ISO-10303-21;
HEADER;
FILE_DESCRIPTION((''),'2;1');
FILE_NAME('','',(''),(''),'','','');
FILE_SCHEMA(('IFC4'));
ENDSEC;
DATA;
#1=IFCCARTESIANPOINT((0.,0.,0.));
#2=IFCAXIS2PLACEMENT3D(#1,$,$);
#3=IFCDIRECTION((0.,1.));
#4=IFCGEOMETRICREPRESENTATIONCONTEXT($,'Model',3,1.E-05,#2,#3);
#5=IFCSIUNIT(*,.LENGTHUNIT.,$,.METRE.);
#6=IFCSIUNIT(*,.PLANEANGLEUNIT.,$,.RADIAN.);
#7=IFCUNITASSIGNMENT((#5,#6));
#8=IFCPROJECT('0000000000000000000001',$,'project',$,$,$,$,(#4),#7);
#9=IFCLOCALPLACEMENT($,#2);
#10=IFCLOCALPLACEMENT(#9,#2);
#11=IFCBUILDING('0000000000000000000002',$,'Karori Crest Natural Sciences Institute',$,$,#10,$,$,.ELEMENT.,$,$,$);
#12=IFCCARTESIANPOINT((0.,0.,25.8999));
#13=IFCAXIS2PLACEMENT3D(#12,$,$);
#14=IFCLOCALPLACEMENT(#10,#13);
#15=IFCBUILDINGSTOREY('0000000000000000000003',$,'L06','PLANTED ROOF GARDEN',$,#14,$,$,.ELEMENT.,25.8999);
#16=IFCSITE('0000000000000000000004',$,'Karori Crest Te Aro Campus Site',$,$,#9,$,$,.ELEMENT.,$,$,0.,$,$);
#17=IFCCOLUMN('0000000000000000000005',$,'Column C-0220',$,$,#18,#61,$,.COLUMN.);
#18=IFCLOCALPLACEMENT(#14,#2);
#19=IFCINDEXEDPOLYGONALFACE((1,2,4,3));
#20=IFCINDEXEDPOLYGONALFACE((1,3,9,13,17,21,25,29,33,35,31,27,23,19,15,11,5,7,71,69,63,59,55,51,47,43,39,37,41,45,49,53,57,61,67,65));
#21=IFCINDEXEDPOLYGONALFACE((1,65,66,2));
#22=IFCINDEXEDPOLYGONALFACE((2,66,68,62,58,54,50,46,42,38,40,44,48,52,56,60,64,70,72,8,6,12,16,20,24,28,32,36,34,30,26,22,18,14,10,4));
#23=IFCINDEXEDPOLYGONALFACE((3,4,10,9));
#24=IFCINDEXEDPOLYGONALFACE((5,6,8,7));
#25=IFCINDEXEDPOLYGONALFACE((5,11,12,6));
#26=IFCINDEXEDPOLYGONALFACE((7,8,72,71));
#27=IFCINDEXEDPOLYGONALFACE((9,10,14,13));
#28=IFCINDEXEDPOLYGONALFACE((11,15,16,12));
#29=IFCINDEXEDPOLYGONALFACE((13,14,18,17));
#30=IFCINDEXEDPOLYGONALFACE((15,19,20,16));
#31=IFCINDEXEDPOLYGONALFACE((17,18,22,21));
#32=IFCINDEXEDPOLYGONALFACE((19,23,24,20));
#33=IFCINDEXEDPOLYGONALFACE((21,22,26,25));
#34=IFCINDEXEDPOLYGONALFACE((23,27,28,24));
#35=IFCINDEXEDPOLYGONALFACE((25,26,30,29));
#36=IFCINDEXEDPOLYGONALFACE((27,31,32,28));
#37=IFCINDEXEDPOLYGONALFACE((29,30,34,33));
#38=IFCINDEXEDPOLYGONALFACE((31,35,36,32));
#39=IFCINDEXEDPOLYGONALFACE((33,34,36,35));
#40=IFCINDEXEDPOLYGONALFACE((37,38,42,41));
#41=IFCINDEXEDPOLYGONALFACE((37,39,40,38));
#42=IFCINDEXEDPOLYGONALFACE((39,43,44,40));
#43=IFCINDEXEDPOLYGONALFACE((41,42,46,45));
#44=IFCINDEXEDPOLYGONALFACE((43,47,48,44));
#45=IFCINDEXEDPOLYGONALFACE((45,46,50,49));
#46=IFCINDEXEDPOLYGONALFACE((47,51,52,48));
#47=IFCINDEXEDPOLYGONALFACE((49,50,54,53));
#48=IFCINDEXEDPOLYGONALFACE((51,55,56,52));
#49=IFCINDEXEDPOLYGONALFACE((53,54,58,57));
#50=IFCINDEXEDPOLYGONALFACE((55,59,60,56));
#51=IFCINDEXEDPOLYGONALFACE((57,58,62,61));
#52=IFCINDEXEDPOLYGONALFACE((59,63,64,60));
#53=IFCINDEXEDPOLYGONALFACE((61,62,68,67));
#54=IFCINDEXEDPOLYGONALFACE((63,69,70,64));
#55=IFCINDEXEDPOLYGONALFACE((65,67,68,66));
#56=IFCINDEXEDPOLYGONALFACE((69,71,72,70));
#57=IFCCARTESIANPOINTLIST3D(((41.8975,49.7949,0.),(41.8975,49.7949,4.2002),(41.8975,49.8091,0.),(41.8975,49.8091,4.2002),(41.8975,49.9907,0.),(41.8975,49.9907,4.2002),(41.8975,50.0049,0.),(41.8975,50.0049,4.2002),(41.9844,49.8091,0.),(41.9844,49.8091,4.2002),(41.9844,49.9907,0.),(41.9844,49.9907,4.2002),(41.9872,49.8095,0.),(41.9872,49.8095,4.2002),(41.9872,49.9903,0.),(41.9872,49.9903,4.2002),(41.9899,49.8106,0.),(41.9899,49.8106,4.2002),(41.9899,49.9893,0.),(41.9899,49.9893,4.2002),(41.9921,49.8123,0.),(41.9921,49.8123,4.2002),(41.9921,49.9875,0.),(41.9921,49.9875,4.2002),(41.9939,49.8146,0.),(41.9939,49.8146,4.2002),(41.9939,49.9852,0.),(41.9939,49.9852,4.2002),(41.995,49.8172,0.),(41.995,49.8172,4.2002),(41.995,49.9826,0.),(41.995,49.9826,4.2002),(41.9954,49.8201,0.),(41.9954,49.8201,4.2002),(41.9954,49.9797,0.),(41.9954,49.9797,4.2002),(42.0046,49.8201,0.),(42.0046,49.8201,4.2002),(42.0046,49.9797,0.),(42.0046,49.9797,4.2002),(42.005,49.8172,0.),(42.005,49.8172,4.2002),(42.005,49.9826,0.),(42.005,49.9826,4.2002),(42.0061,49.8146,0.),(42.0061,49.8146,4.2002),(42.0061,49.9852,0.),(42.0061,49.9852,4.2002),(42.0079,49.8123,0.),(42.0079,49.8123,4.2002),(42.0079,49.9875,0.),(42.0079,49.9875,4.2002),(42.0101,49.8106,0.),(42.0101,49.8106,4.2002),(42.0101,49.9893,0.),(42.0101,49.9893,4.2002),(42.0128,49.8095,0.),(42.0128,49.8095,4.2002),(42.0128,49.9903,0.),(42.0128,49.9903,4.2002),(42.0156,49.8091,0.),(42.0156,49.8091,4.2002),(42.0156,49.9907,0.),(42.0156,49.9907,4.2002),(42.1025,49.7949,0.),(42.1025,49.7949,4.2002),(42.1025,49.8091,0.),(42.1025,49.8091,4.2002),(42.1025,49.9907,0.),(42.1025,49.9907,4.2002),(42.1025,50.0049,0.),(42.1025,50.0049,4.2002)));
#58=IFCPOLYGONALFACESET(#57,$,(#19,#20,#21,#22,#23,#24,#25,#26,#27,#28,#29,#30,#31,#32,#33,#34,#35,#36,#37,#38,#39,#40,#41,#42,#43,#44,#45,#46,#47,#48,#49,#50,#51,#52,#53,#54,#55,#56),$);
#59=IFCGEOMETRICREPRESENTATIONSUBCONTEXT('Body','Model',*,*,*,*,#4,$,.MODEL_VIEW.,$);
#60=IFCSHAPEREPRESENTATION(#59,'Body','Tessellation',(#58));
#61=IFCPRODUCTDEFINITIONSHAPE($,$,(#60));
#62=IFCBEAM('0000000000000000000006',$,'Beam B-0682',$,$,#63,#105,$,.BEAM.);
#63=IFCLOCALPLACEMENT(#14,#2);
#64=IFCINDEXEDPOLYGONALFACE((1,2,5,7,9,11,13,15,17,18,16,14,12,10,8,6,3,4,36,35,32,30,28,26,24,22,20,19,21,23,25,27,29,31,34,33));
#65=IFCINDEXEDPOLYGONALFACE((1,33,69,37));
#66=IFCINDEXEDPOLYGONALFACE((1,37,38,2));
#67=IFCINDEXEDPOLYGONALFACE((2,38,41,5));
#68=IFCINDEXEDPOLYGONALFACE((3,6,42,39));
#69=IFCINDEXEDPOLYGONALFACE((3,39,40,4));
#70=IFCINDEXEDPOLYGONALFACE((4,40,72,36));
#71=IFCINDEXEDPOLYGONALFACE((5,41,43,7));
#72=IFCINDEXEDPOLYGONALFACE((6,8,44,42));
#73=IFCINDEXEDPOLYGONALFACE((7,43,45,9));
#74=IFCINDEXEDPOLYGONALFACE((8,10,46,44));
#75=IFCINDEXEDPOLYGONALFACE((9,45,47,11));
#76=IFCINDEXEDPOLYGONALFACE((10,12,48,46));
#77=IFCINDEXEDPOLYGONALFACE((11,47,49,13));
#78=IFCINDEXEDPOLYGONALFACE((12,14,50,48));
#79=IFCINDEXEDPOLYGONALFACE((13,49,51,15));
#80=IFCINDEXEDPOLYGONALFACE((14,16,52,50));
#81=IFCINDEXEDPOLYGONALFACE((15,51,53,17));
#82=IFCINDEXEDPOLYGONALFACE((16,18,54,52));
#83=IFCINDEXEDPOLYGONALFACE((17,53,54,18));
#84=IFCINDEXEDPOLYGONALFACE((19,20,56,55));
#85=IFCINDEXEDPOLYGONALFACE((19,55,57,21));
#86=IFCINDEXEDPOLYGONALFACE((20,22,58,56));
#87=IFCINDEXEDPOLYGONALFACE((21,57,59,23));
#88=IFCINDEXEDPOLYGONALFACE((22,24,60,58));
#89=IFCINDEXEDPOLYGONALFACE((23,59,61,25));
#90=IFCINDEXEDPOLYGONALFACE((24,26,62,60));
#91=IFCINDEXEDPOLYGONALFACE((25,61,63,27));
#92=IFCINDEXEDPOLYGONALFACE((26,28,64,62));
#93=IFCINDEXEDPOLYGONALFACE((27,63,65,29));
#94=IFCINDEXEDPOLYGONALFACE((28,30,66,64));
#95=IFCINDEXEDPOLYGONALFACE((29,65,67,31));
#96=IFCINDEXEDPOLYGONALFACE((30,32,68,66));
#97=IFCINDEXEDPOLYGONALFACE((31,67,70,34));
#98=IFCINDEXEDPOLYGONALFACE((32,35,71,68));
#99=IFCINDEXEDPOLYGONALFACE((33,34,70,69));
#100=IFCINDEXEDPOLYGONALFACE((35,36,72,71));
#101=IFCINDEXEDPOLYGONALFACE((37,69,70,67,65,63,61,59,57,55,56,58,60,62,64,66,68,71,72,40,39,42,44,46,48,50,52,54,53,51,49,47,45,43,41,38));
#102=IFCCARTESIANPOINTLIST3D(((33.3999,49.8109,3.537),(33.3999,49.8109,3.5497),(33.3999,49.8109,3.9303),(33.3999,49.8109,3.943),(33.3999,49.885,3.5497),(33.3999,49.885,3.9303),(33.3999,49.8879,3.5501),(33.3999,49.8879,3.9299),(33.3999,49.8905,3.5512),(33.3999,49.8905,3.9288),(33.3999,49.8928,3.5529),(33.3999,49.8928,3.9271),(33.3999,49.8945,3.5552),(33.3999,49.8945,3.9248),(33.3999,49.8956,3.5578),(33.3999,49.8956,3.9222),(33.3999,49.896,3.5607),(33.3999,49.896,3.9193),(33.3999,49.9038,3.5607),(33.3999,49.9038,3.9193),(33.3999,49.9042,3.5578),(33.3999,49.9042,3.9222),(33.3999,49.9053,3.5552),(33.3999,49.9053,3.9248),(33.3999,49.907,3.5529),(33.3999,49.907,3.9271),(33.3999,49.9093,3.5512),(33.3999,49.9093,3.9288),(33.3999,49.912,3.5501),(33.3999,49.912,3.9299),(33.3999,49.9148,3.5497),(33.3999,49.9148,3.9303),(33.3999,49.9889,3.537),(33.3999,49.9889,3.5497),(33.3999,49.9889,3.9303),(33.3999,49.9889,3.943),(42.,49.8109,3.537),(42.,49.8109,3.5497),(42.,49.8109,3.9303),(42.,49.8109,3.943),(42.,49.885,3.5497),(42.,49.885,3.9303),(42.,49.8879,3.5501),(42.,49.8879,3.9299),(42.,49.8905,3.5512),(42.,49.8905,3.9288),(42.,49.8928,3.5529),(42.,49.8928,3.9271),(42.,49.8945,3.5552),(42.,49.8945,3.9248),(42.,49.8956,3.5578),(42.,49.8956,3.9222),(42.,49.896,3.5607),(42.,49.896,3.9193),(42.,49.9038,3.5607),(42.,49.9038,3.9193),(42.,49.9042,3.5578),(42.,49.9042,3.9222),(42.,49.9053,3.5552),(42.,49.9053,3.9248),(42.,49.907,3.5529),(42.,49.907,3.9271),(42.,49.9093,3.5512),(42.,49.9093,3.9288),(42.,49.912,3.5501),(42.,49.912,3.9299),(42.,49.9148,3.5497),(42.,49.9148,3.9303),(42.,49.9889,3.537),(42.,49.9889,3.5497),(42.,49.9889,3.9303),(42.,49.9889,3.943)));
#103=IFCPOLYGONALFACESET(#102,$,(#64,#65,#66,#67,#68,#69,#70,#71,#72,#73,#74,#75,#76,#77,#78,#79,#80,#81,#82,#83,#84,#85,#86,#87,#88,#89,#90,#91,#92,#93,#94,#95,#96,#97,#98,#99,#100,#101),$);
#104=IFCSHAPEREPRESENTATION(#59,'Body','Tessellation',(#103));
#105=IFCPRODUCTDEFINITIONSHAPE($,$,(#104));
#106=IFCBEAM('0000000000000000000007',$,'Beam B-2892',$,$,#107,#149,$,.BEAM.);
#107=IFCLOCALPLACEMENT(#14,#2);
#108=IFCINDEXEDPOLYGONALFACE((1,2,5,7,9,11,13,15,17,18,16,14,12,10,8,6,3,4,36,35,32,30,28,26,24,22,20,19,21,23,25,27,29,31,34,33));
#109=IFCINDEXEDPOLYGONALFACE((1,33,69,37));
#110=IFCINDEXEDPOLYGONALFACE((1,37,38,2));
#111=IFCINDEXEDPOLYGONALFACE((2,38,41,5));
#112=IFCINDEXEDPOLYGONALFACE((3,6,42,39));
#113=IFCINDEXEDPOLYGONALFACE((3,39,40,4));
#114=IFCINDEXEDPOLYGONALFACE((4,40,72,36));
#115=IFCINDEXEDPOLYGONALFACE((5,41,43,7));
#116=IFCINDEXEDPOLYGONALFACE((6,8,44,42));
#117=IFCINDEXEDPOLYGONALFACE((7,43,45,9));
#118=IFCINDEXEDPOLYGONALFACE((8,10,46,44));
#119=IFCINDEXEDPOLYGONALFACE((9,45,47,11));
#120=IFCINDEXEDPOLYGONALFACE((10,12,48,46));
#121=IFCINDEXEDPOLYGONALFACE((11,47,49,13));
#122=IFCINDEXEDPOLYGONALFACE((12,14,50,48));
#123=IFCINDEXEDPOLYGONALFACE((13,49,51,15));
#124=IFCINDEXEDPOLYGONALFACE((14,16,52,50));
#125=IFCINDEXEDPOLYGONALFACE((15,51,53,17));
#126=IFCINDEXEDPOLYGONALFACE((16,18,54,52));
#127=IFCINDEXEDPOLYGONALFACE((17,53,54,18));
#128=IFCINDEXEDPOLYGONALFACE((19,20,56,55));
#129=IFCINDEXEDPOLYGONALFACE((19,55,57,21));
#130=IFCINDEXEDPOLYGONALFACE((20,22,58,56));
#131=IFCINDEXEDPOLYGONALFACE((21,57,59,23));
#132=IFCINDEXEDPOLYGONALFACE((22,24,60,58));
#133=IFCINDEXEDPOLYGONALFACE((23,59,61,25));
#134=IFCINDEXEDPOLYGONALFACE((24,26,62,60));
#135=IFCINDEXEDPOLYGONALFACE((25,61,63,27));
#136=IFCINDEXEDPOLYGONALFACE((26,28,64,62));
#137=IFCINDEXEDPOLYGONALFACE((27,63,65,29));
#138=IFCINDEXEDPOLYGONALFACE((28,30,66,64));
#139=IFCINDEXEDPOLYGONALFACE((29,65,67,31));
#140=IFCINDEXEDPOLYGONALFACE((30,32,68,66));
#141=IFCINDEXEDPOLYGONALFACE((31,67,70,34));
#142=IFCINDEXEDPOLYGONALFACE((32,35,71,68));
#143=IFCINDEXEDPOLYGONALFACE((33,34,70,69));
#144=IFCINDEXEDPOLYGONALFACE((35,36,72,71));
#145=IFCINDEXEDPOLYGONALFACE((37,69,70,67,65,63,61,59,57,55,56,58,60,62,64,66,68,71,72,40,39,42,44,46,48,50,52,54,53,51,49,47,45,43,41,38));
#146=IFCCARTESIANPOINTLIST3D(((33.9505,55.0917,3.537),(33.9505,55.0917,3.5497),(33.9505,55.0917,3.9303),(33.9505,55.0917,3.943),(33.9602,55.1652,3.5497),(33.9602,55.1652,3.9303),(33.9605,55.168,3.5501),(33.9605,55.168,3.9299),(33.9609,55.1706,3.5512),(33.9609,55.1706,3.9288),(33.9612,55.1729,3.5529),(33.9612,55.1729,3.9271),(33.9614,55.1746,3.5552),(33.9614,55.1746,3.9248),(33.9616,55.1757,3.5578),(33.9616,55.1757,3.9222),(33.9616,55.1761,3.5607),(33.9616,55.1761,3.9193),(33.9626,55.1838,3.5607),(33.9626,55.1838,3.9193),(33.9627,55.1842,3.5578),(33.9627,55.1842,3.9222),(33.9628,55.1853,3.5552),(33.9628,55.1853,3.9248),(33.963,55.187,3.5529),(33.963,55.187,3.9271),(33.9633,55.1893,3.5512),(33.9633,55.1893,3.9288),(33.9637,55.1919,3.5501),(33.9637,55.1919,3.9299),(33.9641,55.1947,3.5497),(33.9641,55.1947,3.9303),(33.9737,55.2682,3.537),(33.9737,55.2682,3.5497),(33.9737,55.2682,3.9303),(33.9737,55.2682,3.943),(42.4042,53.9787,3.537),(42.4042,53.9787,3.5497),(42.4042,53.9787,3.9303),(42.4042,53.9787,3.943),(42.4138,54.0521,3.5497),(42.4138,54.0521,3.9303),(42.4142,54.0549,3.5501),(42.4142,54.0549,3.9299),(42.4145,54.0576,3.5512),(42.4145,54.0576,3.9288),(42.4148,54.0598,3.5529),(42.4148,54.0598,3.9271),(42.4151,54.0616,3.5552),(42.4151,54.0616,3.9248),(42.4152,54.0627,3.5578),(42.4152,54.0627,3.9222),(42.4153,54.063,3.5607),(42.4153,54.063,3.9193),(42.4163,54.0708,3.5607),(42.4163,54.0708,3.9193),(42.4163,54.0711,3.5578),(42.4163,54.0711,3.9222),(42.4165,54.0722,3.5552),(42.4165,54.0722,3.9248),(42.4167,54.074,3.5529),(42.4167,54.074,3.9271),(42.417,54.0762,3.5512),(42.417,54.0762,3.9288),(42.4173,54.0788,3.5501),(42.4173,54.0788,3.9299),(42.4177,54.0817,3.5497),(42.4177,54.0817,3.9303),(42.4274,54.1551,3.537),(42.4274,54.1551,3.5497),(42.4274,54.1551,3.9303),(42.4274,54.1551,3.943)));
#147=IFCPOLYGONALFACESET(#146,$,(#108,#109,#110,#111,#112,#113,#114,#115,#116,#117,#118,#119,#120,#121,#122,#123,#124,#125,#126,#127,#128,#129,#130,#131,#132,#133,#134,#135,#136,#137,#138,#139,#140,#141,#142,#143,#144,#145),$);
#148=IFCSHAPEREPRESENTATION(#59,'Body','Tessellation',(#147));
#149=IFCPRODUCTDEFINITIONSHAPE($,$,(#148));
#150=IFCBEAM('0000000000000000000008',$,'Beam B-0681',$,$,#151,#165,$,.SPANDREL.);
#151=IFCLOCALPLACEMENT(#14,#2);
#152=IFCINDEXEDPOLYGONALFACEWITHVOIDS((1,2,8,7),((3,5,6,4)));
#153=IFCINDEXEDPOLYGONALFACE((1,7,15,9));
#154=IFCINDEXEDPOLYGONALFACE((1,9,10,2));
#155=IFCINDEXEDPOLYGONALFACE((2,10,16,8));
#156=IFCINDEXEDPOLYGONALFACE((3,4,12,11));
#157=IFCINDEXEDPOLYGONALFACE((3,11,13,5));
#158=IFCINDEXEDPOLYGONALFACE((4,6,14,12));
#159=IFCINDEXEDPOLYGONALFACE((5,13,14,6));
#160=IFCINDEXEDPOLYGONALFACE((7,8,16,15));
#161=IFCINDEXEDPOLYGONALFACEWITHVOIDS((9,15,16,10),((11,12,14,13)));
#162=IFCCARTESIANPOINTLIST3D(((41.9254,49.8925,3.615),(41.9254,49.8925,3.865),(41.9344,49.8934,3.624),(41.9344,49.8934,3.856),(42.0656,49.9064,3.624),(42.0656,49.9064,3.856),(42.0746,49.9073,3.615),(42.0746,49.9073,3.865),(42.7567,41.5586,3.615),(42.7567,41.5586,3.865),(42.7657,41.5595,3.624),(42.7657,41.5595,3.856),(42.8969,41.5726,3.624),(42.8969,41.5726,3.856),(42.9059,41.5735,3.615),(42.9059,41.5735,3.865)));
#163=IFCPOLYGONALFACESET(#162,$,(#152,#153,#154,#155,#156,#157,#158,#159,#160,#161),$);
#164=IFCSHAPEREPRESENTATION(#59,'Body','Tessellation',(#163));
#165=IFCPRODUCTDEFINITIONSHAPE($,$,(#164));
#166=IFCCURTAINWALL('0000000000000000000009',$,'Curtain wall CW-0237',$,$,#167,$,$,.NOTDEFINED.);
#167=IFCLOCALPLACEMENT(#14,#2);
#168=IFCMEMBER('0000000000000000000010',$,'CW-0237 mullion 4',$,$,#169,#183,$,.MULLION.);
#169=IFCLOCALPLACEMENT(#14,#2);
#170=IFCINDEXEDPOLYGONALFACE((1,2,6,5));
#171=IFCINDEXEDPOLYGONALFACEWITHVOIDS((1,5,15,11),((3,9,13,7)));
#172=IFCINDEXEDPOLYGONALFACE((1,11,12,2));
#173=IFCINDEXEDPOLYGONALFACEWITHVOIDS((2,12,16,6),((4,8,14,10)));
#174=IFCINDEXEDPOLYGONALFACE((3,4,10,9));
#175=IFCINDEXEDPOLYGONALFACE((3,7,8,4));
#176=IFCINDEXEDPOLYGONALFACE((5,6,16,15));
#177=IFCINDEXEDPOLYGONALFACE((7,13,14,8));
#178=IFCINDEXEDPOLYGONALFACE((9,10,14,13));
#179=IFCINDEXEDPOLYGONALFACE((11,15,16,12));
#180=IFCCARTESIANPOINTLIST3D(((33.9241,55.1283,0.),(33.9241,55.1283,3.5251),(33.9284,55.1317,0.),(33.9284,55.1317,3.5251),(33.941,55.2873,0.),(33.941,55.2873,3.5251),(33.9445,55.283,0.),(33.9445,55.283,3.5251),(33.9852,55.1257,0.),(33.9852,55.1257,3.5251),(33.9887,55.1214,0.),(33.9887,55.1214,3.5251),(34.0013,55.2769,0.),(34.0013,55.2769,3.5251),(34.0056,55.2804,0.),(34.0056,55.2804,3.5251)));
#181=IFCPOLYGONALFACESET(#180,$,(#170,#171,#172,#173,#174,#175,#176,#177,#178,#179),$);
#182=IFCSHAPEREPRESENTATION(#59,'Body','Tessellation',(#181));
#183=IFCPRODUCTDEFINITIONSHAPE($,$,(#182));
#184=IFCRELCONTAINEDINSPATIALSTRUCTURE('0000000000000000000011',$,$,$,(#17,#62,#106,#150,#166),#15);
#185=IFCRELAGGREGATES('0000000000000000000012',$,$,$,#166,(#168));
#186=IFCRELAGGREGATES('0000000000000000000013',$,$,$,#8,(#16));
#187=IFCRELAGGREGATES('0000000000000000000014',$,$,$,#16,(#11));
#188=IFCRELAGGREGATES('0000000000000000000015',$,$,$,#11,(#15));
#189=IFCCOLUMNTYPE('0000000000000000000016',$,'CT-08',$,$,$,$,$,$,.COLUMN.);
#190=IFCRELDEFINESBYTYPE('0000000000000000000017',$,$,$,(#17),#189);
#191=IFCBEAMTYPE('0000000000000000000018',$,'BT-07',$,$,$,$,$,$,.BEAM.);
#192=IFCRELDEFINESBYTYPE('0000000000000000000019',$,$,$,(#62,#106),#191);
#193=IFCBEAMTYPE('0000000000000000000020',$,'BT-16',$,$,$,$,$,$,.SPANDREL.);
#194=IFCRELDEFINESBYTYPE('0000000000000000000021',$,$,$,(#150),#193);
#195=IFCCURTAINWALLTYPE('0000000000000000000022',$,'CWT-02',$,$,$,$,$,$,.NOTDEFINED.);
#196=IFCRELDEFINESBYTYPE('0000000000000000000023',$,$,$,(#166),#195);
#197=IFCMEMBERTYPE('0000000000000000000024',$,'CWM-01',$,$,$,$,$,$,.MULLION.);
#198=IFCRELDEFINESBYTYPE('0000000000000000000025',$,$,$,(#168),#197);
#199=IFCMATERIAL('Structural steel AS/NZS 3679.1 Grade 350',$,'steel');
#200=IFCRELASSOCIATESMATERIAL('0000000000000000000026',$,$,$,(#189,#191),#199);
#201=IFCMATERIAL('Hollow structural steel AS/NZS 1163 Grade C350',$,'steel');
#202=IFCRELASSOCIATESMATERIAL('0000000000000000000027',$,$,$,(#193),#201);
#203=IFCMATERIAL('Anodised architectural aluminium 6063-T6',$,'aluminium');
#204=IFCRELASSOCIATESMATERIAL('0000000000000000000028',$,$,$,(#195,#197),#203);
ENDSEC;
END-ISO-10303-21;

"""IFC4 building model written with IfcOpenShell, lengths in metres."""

from ifc_helpers import new_model, si_unit, direction, frame, origin, origin_2d, place, context, subcontext, project, spatial, hollow_rectangle, i_section, extrude, material, material_profile, profile_set, type_object, element, aggregate, save


model = new_model("IFC4")

# Units and contexts
model_context = context("Model", 3, precision=1e-05, world=origin(), true_north=direction((0.0, 1.0)))
body_context = subcontext(model_context, "Body", "Model", "MODEL_VIEW")
ifc_project = project(units=[si_unit("LENGTHUNIT", "METRE"), si_unit("PLANEANGLEUNIT", "RADIAN")], contexts=[model_context])

# Site, building, storey
site_placement = place(None, origin())
site = spatial("IfcSite", under=ifc_project, at=site_placement, Name="Karori Crest Te Aro Campus Site", CompositionType="ELEMENT", RefElevation=0.0)
building_placement = place(site_placement, origin())
building = spatial("IfcBuilding", under=site, at=building_placement, Name="Karori Crest Natural Sciences Institute", CompositionType="ELEMENT")
storey_placement = place(building_placement, frame((0.0, 0.0, 25.8999)))
storey = spatial("IfcBuildingStorey", under=building, at=storey_placement, Name="L06", Description="PLANTED ROOF GARDEN", CompositionType="ELEMENT", Elevation=25.8999)

# Column
ifc_material_1 = material(Name="Structural steel AS/NZS 3679.1 Grade 350", Category="steel")
ifc_material_profile_1 = material_profile(ifc_material_1, i_section(OverallWidth=0.2051, OverallDepth=0.21, WebThickness=0.0093, FlangeThickness=0.0142, FilletRadius=0.011, at=origin_2d()), Name="200UC59.5")
ifc_profile_set_1 = profile_set([ifc_material_profile_1], Name="Structural steel AS/NZS 3679.1 Grade 350")
column_type = type_object("IfcColumnType", Name="CT-08", PredefinedType="COLUMN", material=ifc_profile_set_1)
column_placement = place(storey_placement, frame((42.0, 49.8999, 0.0), z_axis=(0.0, 0.0, 1.0), x_axis=(1.0, 0.0, 0.0)))
element("IfcColumn", 1, at=column_placement, inside=storey, type_object=column_type, Name="Column C-0220", PredefinedType="COLUMN", context=body_context, shape_type="SweptSolid", body=[
    extrude(i_section(OverallWidth=0.2051, OverallDepth=0.21, WebThickness=0.0093, FlangeThickness=0.0142, FilletRadius=0.011, at=origin_2d()), origin(), (0.0, 0.0, 1.0), 4.2002),
])

# Beams
ifc_material_profile_2 = material_profile(ifc_material_1, i_section(OverallWidth=0.178, OverallDepth=0.406, WebThickness=0.0078, FlangeThickness=0.0127, FilletRadius=0.011, at=origin_2d()), Name="410UB59.7")
ifc_profile_set_2 = profile_set([ifc_material_profile_2], Name="Structural steel AS/NZS 3679.1 Grade 350")
beam_type_1 = type_object("IfcBeamType", Name="BT-07", PredefinedType="BEAM", material=ifc_profile_set_2)
beam_1_placement = place(storey_placement, frame((42.0, 49.8999, 3.74), z_axis=(-1.0, 0.0, 0.0), x_axis=(0.0, -1.0, 0.0)))
element("IfcBeam", 2, at=beam_1_placement, inside=storey, type_object=beam_type_1, Name="Beam B-0682", PredefinedType="BEAM", context=body_context, shape_type="SweptSolid", body=[
    extrude(i_section(OverallWidth=0.178, OverallDepth=0.406, WebThickness=0.0078, FlangeThickness=0.0127, FilletRadius=0.011, at=origin_2d()), origin(), (0.0, 0.0, 1.0), 8.6001),
])
beam_2_placement = place(storey_placement, frame((42.4158, 54.0669, 3.74), z_axis=(-0.991443, 0.130537, 0.0), x_axis=(-0.130537, -0.991443, 0.0)))
element("IfcBeam", 3, at=beam_2_placement, inside=storey, type_object=beam_type_1, Name="Beam B-2892", PredefinedType="BEAM", context=body_context, shape_type="SweptSolid", body=[
    extrude(i_section(OverallWidth=0.178, OverallDepth=0.406, WebThickness=0.0078, FlangeThickness=0.0127, FilletRadius=0.011, at=origin_2d()), origin(), (0.0, 0.0, 1.0), 8.5266),
])
ifc_material_2 = material(Name="Hollow structural steel AS/NZS 1163 Grade C350", Category="steel")
ifc_material_profile_3 = material_profile(ifc_material_2, hollow_rectangle(XDim=0.1499, YDim=0.25, WallThickness=0.009, at=origin_2d()), Name="RHS250x150x9")
ifc_profile_set_3 = profile_set([ifc_material_profile_3], Name="Hollow structural steel AS/NZS 1163 Grade C350")
beam_type_2 = type_object("IfcBeamType", Name="BT-16", PredefinedType="SPANDREL", material=ifc_profile_set_3)
beam_3_placement = place(storey_placement, frame((42.0, 49.8999, 3.74), z_axis=(0.099256, -0.995062, 0.0), x_axis=(0.995062, 0.099256, 0.0)))
element("IfcBeam", 4, at=beam_3_placement, inside=storey, type_object=beam_type_2, Name="Beam B-0681", PredefinedType="SPANDREL", context=body_context, shape_type="SweptSolid", body=[
    extrude(hollow_rectangle(XDim=0.1499, YDim=0.25, WallThickness=0.009, at=origin_2d()), origin(), (0.0, 0.0, 1.0), 8.3752),
])

# Curtain wall, member
ifc_material_3 = material(Name="Anodised architectural aluminium 6063-T6", Category="aluminium")
curtain_wall_type_1 = type_object("IfcCurtainWallType", Name="CWT-02", PredefinedType="NOTDEFINED", material=ifc_material_3)
curtain_wall_1_placement = place(storey_placement, origin())
curtain_wall_1 = element("IfcCurtainWall", 5, at=curtain_wall_1_placement, inside=storey, type_object=curtain_wall_type_1, Name="Curtain wall CW-0237", PredefinedType="NOTDEFINED")
ifc_material_profile_4 = material_profile(ifc_material_3, hollow_rectangle(XDim=0.0649, YDim=0.1599, WallThickness=0.0039, at=origin_2d()), Name="CWM160x65x4")
ifc_profile_set_4 = profile_set([ifc_material_profile_4], Name="Anodised architectural aluminium 6063-T6")
member_type_1 = type_object("IfcMemberType", Name="CWM-01", PredefinedType="MULLION", material=ifc_profile_set_4)
member_1_placement = place(storey_placement, frame((33.9648, 55.2043, 0.0), z_axis=(0.0, 0.0, 1.0), x_axis=(-0.994378, 0.105886, 0.0)))
member_1 = element("IfcMember", 6, at=member_1_placement, type_object=member_type_1, Name="CW-0237 mullion 4", PredefinedType="MULLION", context=body_context, shape_type="SweptSolid", body=[
    extrude(hollow_rectangle(XDim=0.0649, YDim=0.1599, WallThickness=0.0039, at=origin_2d()), origin(), (0.0, 0.0, 1.0), 3.5251),
])

aggregate(curtain_wall_1, [member_1])

save(model, "model.ifc")
